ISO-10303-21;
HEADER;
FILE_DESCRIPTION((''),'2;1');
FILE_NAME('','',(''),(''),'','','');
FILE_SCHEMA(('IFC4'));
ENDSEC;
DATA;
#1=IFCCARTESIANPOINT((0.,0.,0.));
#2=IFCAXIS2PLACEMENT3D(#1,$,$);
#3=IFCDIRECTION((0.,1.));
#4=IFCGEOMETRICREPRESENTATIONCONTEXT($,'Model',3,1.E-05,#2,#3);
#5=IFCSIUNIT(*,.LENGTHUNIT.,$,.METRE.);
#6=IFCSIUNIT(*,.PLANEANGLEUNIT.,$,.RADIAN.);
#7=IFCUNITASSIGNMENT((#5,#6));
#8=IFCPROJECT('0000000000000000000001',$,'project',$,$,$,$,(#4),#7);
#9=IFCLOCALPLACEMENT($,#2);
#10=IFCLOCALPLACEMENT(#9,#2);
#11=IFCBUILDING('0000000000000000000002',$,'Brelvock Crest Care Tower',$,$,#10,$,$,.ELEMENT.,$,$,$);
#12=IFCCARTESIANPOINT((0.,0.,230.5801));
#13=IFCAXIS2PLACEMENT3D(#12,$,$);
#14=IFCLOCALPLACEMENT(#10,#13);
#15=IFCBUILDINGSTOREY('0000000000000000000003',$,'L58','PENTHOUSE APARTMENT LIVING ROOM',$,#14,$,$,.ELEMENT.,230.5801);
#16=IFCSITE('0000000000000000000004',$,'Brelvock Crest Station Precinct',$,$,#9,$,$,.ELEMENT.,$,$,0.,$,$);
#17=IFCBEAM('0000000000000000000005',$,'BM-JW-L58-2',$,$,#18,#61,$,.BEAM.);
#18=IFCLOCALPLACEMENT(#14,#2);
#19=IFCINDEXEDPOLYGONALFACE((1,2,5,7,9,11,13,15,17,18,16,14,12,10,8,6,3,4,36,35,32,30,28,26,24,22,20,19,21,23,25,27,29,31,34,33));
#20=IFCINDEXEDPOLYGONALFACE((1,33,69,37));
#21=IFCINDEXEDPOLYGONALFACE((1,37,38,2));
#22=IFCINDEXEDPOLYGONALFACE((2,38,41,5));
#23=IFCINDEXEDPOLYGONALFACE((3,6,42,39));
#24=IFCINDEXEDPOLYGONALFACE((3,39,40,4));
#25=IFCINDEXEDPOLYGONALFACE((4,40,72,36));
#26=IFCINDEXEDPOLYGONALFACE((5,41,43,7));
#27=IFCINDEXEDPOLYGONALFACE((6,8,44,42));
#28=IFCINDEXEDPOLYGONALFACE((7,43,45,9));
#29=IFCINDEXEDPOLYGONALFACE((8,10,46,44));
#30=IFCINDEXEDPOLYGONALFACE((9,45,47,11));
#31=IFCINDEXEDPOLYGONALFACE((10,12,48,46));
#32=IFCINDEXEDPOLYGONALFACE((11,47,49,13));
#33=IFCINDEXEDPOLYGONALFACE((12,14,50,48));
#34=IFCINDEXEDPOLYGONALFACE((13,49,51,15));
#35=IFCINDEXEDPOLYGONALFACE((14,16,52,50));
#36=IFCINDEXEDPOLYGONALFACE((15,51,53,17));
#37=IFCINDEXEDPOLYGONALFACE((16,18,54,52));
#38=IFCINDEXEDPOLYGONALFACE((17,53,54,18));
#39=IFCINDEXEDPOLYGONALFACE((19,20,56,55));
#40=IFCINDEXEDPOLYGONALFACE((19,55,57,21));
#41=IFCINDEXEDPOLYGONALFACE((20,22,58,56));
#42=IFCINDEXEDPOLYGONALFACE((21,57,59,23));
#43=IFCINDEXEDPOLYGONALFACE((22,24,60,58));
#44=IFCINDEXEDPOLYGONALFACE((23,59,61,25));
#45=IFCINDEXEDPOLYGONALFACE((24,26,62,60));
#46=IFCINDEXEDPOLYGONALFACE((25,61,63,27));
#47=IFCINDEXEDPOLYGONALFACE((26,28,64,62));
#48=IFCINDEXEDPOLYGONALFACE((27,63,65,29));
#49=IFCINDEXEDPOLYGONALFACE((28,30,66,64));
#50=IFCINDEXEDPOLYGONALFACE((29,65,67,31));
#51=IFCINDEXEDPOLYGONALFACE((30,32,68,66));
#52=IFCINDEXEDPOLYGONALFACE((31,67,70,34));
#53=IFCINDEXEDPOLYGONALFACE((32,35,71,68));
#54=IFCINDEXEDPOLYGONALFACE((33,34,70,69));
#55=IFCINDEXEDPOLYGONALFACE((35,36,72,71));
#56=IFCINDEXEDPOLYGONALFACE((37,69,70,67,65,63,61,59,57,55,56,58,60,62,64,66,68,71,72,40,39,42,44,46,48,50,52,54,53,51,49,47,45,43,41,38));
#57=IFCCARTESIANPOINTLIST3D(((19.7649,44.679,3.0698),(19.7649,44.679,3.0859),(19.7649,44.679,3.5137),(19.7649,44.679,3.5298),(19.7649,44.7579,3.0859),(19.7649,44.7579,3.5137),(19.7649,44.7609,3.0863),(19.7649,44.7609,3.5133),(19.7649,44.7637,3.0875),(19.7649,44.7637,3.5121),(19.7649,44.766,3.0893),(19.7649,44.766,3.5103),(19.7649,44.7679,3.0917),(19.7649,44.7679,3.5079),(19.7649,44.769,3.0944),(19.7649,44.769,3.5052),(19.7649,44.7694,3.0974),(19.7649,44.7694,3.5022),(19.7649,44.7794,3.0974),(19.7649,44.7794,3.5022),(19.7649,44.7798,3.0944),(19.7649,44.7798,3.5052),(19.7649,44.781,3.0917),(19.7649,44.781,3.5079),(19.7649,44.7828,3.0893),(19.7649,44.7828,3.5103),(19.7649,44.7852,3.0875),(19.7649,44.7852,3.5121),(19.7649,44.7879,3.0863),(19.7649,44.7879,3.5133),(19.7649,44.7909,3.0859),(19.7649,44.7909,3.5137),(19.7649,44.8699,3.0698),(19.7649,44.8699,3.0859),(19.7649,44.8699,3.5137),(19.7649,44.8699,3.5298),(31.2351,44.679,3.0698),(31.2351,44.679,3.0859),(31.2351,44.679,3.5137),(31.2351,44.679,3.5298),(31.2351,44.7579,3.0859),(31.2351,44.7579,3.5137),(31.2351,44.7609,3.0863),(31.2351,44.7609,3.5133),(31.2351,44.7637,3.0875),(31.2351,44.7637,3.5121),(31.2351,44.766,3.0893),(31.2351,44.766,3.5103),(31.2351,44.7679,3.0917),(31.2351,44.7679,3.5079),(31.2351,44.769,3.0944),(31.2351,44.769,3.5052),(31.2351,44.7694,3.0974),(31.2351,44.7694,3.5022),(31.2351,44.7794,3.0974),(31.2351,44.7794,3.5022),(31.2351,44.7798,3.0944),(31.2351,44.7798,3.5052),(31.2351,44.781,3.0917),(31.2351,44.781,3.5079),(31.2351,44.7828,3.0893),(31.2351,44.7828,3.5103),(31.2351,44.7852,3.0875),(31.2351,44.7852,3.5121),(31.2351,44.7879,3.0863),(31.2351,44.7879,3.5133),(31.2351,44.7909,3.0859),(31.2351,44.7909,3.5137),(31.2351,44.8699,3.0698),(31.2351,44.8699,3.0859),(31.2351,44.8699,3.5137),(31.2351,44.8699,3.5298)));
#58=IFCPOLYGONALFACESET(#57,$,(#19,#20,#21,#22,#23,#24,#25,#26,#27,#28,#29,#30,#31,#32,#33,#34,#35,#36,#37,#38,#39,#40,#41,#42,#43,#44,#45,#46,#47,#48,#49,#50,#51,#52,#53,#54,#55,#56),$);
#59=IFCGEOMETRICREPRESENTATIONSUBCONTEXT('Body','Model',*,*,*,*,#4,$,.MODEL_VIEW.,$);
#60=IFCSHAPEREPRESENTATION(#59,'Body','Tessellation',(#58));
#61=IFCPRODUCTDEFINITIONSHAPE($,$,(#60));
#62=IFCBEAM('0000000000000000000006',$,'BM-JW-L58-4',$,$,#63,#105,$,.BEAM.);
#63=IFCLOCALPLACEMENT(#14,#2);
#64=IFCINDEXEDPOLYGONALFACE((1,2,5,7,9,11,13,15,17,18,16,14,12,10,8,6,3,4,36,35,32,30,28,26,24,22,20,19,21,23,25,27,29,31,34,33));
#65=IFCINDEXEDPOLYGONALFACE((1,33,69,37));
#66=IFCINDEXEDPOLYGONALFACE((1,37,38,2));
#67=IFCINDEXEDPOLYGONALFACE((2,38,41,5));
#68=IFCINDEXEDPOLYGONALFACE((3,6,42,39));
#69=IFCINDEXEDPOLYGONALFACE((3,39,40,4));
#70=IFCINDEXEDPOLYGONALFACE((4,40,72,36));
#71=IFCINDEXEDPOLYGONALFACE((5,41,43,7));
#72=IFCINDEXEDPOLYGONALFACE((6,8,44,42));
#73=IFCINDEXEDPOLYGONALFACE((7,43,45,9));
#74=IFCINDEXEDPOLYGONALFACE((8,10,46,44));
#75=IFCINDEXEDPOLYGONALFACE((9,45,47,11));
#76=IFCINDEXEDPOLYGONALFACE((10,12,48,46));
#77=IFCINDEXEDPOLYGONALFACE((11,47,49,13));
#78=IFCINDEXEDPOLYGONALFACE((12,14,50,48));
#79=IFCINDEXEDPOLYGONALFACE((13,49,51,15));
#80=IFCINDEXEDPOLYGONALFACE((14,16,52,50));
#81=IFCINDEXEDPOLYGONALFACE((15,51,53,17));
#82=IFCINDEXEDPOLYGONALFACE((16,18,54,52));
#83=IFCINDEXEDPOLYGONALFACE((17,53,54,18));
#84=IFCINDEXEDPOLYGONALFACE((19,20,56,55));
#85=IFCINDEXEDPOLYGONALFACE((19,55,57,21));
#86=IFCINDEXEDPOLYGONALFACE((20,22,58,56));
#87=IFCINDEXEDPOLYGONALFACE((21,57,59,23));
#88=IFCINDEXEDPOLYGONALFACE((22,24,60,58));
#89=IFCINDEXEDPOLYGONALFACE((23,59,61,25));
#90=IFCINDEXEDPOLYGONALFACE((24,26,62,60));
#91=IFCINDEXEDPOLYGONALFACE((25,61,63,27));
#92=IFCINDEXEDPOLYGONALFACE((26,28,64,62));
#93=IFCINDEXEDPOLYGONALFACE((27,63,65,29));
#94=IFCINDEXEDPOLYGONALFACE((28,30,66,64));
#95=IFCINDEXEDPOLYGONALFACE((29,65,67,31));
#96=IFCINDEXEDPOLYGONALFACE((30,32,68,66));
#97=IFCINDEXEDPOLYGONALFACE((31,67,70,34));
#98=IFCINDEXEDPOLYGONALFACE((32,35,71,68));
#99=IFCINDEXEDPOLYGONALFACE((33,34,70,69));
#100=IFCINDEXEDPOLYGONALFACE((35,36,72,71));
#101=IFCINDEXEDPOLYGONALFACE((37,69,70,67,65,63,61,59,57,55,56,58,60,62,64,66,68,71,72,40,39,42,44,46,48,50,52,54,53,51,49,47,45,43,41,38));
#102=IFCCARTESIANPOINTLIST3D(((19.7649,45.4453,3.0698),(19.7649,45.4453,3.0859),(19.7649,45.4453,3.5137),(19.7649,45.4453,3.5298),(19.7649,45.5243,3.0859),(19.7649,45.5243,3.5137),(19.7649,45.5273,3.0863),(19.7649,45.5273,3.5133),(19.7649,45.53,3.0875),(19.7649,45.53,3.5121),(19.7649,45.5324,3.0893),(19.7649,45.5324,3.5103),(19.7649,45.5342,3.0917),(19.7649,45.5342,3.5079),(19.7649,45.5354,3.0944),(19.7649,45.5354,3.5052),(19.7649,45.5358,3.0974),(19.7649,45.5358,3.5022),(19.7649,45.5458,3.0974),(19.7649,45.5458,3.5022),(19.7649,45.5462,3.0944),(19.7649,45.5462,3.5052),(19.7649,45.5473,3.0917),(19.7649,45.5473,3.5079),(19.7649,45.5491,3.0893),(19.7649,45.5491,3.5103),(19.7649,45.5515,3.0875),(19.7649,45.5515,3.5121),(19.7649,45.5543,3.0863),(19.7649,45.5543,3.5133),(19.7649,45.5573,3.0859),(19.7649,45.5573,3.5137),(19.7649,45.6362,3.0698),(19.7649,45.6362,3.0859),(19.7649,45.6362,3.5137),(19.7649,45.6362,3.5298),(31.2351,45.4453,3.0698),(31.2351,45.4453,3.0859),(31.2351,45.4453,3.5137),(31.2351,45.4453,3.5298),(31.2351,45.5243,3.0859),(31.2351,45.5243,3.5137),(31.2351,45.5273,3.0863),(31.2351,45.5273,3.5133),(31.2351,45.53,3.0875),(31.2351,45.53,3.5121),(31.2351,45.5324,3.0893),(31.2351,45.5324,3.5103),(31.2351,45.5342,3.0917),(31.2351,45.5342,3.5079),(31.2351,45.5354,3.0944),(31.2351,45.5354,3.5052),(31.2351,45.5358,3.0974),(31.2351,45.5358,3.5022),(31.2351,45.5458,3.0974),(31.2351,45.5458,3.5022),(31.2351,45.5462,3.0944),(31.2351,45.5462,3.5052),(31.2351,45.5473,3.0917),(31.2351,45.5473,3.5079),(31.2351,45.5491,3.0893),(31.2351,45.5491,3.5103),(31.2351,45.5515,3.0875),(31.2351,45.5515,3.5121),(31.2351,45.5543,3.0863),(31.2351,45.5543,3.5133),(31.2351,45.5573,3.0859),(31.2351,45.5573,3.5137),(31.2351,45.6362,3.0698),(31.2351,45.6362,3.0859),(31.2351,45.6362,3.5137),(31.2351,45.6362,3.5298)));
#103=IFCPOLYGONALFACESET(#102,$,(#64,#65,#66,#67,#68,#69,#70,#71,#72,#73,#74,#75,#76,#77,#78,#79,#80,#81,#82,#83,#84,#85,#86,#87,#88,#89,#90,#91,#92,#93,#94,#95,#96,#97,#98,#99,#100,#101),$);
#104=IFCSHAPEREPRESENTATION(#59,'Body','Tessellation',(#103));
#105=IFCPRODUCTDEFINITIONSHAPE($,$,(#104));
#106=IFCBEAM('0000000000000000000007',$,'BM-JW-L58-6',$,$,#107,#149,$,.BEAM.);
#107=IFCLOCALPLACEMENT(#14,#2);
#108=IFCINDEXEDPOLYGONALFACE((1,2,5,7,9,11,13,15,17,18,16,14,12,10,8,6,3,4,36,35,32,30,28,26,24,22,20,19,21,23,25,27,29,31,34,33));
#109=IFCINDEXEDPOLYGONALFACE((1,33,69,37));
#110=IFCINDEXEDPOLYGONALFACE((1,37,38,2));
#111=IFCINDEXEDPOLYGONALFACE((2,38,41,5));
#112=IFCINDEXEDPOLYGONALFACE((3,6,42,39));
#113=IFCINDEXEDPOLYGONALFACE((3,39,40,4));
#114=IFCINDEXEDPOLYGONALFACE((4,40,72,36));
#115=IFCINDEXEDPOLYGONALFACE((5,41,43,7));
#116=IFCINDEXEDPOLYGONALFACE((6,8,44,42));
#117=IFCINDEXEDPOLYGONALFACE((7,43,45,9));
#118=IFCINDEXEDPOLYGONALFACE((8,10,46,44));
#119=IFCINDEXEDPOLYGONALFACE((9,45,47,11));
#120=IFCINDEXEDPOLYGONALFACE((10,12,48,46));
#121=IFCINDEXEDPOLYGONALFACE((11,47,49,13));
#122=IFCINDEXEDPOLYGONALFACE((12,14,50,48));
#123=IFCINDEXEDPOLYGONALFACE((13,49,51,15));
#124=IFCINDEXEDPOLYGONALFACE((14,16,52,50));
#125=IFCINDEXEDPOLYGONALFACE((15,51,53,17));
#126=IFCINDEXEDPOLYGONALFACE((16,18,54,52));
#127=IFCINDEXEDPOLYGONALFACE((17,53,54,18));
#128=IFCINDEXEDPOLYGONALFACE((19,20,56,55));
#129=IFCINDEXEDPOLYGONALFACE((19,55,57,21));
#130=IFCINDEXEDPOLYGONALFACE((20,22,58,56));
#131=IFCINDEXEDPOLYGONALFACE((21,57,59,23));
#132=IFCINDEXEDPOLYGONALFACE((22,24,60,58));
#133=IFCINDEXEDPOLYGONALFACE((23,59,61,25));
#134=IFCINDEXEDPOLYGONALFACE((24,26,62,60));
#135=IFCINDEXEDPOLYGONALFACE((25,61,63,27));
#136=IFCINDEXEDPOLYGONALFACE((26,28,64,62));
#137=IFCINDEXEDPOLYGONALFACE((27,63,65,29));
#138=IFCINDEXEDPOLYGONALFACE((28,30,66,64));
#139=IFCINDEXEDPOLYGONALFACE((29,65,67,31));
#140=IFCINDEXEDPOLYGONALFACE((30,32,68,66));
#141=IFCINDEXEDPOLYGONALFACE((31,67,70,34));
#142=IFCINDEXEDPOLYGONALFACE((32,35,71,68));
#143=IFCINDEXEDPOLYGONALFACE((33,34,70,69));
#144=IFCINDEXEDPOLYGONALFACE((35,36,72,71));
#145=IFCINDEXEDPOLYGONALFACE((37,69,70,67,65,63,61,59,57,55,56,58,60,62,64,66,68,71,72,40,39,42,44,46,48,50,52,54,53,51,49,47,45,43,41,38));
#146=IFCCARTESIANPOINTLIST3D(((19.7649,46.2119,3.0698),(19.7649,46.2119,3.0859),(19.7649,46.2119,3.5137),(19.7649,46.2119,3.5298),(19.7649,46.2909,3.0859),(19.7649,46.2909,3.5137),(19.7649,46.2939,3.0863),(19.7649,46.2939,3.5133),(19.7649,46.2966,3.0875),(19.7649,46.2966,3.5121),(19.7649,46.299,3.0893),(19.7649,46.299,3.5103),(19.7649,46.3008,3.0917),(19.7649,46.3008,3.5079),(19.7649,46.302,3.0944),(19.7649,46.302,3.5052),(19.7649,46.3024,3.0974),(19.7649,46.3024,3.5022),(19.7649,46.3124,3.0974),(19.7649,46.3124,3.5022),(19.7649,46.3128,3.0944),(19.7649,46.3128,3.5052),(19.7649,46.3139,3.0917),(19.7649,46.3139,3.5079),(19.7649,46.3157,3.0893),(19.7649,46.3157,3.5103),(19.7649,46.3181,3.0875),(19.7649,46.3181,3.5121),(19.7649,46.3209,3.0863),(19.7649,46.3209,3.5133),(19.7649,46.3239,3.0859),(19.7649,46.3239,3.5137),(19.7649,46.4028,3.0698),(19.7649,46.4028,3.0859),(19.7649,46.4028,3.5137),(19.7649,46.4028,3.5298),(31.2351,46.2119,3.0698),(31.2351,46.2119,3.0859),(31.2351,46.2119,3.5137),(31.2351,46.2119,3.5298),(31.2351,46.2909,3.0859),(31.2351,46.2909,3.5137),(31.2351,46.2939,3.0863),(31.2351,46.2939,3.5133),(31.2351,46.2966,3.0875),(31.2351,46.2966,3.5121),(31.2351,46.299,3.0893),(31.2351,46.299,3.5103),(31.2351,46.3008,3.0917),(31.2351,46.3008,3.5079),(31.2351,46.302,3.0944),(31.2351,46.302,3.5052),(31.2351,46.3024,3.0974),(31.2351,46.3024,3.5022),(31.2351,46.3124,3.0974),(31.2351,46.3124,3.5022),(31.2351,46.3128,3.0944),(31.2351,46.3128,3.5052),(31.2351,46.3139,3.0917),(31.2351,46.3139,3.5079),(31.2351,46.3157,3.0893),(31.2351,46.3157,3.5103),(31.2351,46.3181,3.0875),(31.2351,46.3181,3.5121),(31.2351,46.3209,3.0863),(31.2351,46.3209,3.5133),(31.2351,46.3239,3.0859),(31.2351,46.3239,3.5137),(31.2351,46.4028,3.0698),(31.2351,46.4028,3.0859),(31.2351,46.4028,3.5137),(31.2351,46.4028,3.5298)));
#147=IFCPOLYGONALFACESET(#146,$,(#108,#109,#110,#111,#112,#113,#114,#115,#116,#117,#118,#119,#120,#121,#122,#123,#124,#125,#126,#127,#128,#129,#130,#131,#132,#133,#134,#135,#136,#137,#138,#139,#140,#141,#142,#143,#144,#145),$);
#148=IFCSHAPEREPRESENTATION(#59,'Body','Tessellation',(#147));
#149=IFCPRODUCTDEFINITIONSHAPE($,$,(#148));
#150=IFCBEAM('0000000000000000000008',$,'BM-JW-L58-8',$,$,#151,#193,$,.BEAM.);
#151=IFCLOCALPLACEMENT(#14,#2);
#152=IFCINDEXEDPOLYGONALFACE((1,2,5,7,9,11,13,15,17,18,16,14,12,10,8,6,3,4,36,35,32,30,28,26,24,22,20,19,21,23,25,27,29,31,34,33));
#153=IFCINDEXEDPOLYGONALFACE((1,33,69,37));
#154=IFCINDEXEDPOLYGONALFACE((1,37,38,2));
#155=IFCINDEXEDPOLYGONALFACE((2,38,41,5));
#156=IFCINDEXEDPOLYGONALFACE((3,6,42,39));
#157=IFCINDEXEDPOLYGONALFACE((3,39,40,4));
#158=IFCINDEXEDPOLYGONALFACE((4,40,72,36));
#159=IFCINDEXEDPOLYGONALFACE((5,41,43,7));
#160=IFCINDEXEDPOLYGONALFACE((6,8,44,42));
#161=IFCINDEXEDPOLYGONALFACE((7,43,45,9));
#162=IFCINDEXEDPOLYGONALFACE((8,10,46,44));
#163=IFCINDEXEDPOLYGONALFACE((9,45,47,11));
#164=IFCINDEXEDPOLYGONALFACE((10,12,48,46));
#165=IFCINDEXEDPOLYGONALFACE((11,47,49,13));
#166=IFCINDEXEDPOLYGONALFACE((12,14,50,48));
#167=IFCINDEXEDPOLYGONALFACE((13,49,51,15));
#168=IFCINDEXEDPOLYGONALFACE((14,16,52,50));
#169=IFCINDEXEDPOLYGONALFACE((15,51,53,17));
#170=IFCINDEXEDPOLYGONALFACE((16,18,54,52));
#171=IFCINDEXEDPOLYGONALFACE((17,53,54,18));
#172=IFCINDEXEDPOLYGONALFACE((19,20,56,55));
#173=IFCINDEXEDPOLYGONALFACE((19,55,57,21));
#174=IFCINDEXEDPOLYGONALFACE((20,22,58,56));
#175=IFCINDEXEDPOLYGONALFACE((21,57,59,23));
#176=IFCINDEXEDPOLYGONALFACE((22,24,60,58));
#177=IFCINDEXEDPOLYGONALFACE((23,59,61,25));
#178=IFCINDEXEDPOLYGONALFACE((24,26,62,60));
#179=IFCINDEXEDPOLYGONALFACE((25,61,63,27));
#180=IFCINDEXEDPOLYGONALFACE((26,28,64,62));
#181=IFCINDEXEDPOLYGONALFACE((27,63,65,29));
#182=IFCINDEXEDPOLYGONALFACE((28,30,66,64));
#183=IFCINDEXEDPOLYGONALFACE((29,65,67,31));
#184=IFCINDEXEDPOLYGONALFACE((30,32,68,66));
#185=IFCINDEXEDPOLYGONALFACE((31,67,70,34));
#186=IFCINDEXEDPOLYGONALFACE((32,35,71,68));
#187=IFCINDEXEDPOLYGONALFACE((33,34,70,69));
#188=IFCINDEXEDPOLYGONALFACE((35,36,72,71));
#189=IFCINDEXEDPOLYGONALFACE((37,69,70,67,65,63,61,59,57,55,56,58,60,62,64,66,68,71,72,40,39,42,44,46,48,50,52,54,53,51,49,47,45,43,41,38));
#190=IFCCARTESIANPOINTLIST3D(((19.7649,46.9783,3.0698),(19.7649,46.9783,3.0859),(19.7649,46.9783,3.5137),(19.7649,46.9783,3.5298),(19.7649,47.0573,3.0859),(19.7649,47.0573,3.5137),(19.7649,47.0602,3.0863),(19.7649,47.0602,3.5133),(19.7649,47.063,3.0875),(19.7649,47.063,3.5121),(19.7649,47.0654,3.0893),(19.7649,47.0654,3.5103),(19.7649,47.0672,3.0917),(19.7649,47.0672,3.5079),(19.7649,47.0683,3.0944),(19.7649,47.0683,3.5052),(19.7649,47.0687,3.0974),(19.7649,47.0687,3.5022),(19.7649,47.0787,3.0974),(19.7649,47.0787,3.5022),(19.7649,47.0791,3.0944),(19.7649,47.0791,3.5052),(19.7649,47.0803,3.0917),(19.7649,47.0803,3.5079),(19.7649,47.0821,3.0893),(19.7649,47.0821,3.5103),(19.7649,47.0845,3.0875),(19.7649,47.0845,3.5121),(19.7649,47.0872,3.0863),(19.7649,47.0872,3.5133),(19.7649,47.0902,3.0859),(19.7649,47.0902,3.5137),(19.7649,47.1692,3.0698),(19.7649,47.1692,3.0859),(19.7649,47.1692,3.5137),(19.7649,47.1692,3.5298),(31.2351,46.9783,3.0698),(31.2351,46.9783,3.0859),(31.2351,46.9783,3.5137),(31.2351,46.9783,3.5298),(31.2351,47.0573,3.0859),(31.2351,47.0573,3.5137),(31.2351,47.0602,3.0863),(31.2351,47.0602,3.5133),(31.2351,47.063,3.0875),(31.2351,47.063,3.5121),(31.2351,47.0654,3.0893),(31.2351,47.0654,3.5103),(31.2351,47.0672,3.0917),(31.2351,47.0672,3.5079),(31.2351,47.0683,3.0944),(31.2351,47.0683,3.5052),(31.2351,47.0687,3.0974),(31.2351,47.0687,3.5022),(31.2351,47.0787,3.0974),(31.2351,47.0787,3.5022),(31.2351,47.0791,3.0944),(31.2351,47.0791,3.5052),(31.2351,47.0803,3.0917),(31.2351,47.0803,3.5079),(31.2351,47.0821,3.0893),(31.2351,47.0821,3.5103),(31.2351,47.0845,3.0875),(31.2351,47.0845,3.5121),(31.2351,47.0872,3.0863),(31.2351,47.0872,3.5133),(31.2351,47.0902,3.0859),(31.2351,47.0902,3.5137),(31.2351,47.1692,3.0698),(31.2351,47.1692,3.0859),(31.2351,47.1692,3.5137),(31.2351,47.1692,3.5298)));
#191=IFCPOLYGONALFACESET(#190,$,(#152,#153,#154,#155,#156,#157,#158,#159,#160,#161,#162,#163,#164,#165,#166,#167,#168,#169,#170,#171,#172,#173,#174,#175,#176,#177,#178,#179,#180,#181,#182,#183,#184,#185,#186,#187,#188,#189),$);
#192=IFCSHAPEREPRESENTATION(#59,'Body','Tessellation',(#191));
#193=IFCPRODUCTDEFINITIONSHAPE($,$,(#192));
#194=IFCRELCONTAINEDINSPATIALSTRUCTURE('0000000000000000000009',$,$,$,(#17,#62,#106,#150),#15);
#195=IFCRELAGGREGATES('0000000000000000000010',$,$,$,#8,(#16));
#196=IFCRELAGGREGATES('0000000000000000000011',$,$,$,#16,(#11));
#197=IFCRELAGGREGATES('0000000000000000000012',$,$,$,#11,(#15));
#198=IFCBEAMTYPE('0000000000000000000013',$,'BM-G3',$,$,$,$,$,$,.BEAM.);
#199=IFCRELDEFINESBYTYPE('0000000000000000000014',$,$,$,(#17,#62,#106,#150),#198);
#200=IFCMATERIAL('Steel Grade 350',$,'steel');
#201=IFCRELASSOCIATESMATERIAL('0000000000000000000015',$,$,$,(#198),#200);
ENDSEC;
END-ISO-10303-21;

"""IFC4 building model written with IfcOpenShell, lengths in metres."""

from ifc_helpers import new_model, si_unit, direction, frame, origin, origin_2d, place, context, subcontext, project, spatial, i_section, extrude, source, transform, mapped, material, material_profile, profile_set, type_object, element, save


model = new_model("IFC4")

# Units and contexts
model_context = context("Model", 3, precision=1e-05, world=origin(), true_north=direction((0.0, 1.0)))
body_context = subcontext(model_context, "Body", "Model", "MODEL_VIEW")
ifc_project = project(units=[si_unit("LENGTHUNIT", "METRE"), si_unit("PLANEANGLEUNIT", "RADIAN")], contexts=[model_context])

# Site, building, storey
site_placement = place(None, origin())
site = spatial("IfcSite", under=ifc_project, at=site_placement, Name="Brelvock Crest Station Precinct", CompositionType="ELEMENT", RefElevation=0.0)
building_placement = place(site_placement, origin())
building = spatial("IfcBuilding", under=site, at=building_placement, Name="Brelvock Crest Care Tower", CompositionType="ELEMENT")
storey_placement = place(building_placement, frame((0.0, 0.0, 230.5801)))
storey = spatial("IfcBuildingStorey", under=building, at=storey_placement, Name="L58", Description="PENTHOUSE APARTMENT LIVING ROOM", CompositionType="ELEMENT", Elevation=230.5801)

# Beams
ifc_material_1 = material(Name="Steel Grade 350", Category="steel")
ifc_material_profile_1 = material_profile(ifc_material_1, i_section(OverallWidth=0.1909, OverallDepth=0.46, WebThickness=0.01, FlangeThickness=0.0161, FilletRadius=0.0115, at=origin_2d()), Name="460UB82.1")
ifc_profile_set_1 = profile_set([ifc_material_profile_1], Name="Steel Grade 350")
beam_type_1 = type_object("IfcBeamType", Name="BM-G3", PredefinedType="BEAM", material=ifc_profile_set_1)
shared_shape_1 = source(origin(), body_context, "Body", "SweptSolid", [
    extrude(i_section(OverallWidth=0.1909, OverallDepth=0.46, WebThickness=0.01, FlangeThickness=0.0161, FilletRadius=0.0115, at=origin_2d()), origin(), (0.0, 0.0, 1.0), 11.4702),
])
for number, where, z_axis, x_axis, name in (
    (1, (19.7649, 44.7744, 3.2998), (1.0, 0.0, 0.0), (0.0, 1.0, 0.0), "BM-JW-L58-2"),
    (2, (19.7649, 45.5408, 3.2998), (1.0, 0.0, 0.0), (0.0, 1.0, 0.0), "BM-JW-L58-4"),
    (3, (19.7649, 46.3074, 3.2998), (1.0, 0.0, 0.0), (0.0, 1.0, 0.0), "BM-JW-L58-6"),
    (4, (19.7649, 47.0737, 3.2998), (1.0, 0.0, 0.0), (0.0, 1.0, 0.0), "BM-JW-L58-8"),
):
    element("IfcBeam", number, at=place(storey_placement, frame(where, z_axis=z_axis, x_axis=x_axis)), inside=storey, type_object=beam_type_1, Name=name, PredefinedType="BEAM", context=body_context, shape_type="MappedRepresentation", body=[
        mapped(shared_shape_1, transform((0.0, 0.0, 0.0), x_axis=(1.0, 0.0, 0.0), y_axis=(0.0, 1.0, 0.0), z_axis=(0.0, 0.0, 1.0), scale=1.0)),
    ])

save(model, "model.ifc")
